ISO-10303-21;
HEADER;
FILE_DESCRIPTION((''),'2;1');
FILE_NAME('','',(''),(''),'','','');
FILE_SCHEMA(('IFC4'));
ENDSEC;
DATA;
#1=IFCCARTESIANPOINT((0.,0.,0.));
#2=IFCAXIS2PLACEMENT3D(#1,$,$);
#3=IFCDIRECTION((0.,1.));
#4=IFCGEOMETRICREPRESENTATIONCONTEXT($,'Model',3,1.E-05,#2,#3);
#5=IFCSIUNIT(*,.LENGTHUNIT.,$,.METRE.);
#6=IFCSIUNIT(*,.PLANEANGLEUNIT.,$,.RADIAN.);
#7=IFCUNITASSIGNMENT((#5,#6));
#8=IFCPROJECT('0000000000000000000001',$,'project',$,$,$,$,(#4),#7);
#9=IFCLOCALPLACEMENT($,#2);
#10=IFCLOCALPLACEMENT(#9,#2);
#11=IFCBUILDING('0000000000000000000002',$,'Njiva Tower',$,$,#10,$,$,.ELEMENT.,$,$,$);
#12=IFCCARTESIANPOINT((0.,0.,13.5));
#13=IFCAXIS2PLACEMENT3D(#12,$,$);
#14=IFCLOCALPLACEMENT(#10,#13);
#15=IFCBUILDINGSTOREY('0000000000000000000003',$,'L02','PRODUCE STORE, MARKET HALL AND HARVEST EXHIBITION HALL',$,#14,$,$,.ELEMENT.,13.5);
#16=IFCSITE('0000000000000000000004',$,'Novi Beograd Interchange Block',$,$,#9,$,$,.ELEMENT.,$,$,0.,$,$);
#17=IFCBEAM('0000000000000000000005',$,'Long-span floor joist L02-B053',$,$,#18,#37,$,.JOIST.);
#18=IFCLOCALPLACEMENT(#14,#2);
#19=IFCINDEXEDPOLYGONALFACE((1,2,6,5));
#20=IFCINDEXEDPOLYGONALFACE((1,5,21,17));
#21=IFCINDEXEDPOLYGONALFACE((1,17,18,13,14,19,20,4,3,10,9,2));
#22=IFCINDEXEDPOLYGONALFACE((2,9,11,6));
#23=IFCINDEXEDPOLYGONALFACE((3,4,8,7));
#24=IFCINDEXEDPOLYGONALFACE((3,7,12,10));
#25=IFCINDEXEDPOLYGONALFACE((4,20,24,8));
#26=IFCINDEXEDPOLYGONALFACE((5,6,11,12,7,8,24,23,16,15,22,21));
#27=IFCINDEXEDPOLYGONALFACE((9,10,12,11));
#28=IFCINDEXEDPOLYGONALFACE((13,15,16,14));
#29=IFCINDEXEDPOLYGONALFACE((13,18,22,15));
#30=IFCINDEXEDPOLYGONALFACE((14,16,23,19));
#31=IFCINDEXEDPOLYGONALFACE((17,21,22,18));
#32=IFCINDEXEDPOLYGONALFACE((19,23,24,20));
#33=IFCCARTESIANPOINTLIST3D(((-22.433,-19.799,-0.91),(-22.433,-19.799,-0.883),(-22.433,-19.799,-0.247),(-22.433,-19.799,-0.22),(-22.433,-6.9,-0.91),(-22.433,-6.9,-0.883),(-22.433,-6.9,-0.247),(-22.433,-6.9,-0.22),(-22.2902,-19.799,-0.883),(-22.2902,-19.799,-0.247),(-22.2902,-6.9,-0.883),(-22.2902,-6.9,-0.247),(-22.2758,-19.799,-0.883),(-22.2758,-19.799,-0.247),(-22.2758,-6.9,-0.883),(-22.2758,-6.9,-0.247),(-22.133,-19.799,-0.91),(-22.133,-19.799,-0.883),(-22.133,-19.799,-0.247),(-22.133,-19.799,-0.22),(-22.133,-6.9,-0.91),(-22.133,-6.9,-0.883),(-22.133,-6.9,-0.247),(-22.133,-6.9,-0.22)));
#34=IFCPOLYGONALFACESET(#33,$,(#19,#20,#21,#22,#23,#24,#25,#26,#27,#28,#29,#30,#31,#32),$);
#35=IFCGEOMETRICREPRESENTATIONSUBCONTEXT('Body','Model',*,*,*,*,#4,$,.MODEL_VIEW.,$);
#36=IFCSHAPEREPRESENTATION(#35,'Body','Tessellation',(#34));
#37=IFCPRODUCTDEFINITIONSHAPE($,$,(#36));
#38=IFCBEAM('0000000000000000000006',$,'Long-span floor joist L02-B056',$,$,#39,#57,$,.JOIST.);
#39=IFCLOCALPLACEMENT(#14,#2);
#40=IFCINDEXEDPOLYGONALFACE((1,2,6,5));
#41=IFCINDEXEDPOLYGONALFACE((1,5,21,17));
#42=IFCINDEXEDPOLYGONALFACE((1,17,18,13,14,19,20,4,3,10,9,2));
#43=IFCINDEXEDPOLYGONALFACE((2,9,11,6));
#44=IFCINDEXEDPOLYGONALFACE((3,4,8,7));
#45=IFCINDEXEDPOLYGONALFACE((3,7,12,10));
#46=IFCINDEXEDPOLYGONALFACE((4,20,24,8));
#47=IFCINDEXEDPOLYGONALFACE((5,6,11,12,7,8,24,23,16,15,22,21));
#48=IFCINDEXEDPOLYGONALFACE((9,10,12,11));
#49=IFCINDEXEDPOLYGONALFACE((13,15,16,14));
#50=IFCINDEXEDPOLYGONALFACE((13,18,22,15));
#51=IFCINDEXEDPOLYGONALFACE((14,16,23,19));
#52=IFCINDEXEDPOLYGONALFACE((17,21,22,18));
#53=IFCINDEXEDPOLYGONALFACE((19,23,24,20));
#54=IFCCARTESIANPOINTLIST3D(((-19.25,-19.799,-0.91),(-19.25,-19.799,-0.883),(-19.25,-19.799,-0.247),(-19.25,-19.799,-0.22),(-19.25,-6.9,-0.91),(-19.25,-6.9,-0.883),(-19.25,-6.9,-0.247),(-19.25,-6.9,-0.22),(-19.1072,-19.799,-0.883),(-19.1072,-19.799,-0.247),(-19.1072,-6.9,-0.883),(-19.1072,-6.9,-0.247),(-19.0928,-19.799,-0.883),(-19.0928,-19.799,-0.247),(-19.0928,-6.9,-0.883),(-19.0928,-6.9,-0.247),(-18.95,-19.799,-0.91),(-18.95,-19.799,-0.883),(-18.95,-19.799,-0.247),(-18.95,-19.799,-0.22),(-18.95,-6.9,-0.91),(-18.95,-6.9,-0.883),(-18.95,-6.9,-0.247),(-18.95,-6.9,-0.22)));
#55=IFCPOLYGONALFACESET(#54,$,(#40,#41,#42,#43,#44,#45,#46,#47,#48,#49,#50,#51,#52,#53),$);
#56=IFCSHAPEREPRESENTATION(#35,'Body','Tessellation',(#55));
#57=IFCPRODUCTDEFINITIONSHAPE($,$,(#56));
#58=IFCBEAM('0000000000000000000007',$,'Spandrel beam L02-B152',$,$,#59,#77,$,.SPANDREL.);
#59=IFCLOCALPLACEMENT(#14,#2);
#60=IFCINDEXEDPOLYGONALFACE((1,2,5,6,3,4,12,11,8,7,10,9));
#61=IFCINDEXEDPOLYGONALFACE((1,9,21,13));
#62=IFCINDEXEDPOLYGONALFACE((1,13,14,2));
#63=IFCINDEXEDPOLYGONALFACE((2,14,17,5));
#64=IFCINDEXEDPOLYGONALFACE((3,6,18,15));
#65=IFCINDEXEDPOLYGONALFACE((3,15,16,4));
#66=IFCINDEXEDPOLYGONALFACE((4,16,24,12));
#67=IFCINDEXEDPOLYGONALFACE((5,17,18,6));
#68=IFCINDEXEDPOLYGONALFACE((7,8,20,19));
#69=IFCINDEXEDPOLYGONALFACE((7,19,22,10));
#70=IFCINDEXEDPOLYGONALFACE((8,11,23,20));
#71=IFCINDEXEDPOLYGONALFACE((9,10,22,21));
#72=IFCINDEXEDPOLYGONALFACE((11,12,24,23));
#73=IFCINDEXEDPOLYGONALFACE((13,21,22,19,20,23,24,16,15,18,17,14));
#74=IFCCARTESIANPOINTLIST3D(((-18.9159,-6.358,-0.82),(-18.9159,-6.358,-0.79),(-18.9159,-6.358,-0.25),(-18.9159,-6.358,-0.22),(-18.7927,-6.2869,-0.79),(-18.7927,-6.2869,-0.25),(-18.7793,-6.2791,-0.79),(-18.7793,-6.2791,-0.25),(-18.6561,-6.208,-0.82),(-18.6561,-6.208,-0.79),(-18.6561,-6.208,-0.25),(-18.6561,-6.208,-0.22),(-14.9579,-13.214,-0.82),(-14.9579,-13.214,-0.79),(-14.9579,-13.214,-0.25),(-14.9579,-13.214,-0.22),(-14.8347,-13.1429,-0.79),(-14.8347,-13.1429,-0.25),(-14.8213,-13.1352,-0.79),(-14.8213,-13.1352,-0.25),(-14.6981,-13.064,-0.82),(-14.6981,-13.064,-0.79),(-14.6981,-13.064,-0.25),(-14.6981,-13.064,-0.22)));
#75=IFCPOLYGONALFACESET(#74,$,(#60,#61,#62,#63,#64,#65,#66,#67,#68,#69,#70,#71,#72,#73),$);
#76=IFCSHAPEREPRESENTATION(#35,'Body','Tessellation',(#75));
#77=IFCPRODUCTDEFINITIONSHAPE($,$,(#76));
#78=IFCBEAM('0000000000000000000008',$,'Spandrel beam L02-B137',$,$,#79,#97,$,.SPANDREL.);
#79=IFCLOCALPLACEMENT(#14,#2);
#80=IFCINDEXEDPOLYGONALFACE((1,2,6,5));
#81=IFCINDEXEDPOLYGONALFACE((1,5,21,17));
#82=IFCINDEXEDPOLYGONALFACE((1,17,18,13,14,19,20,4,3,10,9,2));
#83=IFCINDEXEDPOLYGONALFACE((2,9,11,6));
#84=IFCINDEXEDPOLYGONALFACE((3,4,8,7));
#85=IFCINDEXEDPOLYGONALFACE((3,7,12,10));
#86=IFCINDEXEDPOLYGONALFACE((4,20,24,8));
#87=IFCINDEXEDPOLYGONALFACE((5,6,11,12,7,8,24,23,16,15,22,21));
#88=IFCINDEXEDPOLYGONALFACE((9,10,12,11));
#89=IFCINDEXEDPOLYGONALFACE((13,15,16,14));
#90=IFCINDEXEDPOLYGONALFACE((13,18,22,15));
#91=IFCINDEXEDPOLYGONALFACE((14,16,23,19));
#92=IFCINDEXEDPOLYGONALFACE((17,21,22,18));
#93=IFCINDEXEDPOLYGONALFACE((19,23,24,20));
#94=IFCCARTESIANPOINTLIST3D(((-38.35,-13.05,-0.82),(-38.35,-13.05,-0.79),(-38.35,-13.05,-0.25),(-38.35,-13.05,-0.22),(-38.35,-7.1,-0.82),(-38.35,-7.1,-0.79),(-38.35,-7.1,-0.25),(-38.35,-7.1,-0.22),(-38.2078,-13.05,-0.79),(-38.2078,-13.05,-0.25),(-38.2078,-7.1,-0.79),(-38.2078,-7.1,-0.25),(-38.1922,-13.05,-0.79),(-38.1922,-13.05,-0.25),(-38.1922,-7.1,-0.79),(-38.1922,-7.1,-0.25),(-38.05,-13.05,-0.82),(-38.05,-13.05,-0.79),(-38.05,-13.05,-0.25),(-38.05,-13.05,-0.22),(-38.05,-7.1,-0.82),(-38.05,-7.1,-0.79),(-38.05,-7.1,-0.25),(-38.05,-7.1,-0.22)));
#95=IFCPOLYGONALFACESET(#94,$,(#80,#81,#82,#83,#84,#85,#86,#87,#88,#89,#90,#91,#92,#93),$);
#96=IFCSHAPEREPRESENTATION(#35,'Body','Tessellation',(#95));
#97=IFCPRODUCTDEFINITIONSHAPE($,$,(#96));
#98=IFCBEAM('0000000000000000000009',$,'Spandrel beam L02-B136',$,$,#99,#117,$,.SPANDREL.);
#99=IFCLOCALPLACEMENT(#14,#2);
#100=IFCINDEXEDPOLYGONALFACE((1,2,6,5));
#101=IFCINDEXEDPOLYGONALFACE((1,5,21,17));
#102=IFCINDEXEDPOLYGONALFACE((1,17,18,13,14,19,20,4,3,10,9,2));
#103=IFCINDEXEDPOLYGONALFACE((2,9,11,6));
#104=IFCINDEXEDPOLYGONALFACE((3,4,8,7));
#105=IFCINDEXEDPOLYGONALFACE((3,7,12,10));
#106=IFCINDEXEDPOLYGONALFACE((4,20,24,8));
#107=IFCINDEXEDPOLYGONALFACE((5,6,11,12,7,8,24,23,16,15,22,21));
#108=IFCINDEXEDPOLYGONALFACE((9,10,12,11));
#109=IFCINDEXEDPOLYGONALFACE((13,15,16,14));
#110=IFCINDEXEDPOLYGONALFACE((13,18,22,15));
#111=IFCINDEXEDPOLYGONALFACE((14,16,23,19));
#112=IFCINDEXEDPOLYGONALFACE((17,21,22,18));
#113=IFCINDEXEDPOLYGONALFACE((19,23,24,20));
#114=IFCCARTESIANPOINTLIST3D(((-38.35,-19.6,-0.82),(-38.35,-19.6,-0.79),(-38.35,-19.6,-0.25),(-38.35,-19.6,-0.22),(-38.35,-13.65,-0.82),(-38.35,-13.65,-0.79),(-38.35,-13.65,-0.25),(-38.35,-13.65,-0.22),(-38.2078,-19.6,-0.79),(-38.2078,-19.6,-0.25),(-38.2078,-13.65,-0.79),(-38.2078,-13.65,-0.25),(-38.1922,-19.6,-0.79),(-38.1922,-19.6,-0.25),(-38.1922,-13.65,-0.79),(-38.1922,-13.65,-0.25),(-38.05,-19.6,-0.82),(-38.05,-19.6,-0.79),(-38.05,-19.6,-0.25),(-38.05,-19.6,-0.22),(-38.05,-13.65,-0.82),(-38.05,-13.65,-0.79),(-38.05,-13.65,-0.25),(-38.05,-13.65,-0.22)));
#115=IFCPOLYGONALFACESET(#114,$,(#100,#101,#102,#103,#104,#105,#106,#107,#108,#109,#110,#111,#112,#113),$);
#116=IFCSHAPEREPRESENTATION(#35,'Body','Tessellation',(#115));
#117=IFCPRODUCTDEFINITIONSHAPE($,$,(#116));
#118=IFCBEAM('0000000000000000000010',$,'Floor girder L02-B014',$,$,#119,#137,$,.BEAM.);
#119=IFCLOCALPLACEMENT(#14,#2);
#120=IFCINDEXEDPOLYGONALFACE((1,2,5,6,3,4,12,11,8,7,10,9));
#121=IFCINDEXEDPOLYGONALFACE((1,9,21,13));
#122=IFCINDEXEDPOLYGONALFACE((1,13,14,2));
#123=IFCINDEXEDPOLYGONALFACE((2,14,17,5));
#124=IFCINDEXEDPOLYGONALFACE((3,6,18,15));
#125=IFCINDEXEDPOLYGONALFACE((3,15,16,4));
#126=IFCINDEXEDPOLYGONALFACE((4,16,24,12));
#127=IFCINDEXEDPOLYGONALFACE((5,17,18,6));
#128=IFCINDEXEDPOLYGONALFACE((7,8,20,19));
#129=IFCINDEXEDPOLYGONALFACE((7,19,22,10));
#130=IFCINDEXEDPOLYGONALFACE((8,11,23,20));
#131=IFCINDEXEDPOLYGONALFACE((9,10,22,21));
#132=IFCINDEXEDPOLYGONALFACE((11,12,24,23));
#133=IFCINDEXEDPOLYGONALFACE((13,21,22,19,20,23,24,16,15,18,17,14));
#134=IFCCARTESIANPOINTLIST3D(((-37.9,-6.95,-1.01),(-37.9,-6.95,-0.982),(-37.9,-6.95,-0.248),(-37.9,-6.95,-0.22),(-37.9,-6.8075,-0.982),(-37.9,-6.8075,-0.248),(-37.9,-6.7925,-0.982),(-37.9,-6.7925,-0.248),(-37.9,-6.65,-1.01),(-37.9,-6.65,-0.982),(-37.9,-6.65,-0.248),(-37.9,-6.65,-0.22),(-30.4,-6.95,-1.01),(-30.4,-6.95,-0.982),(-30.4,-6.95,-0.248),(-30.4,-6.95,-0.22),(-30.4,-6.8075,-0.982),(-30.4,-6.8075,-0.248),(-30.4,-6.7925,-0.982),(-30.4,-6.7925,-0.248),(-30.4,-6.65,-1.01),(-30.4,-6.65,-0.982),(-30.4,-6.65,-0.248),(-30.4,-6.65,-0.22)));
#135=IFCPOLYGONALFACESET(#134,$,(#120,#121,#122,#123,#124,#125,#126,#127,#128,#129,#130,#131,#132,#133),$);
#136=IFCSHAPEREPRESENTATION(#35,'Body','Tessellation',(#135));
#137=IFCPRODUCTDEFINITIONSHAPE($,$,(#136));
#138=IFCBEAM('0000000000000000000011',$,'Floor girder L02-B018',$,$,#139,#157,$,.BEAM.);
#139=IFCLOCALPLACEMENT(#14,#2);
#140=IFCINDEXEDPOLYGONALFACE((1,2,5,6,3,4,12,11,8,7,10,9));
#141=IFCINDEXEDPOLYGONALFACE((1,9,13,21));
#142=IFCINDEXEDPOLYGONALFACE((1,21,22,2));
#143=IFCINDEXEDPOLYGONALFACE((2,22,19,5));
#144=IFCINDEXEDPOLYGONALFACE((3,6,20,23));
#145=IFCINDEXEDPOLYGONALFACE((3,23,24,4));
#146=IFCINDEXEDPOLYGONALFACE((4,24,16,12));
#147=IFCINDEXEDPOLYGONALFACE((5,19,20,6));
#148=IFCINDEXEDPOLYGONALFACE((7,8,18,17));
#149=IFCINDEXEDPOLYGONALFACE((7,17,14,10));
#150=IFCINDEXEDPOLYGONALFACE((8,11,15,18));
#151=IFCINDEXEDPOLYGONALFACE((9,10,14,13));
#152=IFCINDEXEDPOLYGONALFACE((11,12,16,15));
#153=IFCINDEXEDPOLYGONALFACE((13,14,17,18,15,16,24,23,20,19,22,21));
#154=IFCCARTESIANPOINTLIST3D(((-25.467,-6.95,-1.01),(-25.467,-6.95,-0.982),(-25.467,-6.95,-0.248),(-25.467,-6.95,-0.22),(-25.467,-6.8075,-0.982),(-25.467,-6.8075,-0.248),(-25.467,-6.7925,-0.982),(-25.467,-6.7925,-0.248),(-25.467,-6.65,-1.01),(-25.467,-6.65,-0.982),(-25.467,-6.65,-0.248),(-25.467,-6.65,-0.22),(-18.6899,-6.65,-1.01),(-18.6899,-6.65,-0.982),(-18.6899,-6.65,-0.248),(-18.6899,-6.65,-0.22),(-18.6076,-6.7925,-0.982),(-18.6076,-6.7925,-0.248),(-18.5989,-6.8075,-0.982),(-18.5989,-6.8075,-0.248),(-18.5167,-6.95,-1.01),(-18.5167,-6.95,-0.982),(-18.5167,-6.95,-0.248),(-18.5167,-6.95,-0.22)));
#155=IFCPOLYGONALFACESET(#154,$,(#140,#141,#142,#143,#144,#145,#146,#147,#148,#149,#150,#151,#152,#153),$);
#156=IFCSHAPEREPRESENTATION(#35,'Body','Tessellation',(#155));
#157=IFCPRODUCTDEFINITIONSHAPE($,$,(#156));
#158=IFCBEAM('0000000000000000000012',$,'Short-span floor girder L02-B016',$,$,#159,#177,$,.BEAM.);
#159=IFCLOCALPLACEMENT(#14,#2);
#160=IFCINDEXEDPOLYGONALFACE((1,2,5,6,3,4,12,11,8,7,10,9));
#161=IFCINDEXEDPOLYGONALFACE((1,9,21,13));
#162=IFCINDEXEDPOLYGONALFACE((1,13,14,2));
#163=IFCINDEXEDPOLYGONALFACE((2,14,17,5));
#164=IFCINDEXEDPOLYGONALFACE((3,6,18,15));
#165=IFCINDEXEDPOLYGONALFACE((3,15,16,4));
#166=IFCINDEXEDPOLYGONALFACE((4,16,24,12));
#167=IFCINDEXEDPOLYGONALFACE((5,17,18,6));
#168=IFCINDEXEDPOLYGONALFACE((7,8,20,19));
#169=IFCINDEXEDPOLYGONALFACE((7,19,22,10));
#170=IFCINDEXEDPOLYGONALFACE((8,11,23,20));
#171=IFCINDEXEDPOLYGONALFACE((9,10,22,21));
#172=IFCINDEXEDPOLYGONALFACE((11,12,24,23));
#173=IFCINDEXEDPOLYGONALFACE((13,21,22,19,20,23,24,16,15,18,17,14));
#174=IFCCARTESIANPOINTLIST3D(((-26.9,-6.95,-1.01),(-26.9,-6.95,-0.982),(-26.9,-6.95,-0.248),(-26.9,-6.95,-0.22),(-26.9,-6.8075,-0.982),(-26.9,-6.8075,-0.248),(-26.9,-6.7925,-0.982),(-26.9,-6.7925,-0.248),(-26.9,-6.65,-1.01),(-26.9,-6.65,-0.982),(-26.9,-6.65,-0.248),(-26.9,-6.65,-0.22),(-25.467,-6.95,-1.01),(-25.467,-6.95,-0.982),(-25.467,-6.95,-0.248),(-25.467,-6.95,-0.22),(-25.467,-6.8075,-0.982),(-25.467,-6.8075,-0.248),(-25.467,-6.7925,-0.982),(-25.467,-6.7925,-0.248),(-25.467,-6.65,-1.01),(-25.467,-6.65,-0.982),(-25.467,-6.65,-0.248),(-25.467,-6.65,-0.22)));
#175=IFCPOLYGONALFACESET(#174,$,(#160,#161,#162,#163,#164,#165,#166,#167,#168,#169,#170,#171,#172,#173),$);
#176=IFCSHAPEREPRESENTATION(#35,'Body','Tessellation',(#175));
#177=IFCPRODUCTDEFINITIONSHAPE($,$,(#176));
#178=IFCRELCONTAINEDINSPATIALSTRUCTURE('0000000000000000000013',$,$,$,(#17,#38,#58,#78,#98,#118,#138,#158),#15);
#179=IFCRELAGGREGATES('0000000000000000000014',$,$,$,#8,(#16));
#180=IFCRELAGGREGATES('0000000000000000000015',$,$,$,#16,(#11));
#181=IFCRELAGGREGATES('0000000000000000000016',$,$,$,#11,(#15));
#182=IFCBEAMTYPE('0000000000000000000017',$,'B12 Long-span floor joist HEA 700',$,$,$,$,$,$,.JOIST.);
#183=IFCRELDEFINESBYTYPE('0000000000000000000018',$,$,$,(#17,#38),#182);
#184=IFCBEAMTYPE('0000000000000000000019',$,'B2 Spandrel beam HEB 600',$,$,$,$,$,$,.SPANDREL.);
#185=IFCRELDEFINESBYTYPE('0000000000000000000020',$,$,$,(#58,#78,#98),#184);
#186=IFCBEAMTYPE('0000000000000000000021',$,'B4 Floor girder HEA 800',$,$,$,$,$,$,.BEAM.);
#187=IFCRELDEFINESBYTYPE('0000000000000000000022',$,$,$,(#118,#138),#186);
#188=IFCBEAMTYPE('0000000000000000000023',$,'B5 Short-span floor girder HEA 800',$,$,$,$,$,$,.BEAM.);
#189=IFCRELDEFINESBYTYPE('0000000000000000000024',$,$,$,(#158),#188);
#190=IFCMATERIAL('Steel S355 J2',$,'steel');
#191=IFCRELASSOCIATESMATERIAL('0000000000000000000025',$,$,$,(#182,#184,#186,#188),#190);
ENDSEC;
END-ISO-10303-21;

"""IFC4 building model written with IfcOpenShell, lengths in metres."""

from ifc_helpers import new_model, si_unit, direction, frame, origin, origin_2d, place, context, subcontext, project, spatial, i_section, extrude, clip, halfspace, material, material_profile, profile_set, type_object, element, save


model = new_model("IFC4")

# Units and contexts
model_context = context("Model", 3, precision=1e-05, world=origin(), true_north=direction((0.0, 1.0)))
body_context = subcontext(model_context, "Body", "Model", "MODEL_VIEW")
ifc_project = project(units=[si_unit("LENGTHUNIT", "METRE"), si_unit("PLANEANGLEUNIT", "RADIAN")], contexts=[model_context])

# Site, building, storey
site_placement = place(None, origin())
site = spatial("IfcSite", under=ifc_project, at=site_placement, Name="Novi Beograd Interchange Block", CompositionType="ELEMENT", RefElevation=0.0)
building_placement = place(site_placement, origin())
building = spatial("IfcBuilding", under=site, at=building_placement, Name="Njiva Tower", CompositionType="ELEMENT")
storey_placement = place(building_placement, frame((0.0, 0.0, 13.5)))
storey = spatial("IfcBuildingStorey", under=building, at=storey_placement, Name="L02", Description="PRODUCE STORE, MARKET HALL AND HARVEST EXHIBITION HALL", CompositionType="ELEMENT", Elevation=13.5)

# Shared definitions
ifc_material_1 = material(Name="Steel S355 J2", Category="steel")

# Beams
ifc_material_profile_1 = material_profile(ifc_material_1, i_section(OverallWidth=0.3, OverallDepth=0.69, WebThickness=0.0145, FlangeThickness=0.027, at=origin_2d()), Name="HEA 700")
ifc_profile_set_1 = profile_set([ifc_material_profile_1], Name="Steel S355 J2")
beam_type_1 = type_object("IfcBeamType", Name="B12 Long-span floor joist HEA 700", PredefinedType="JOIST", material=ifc_profile_set_1)
for number, where, z_axis, x_axis, name in (
    (1, (-22.283, -6.9, -0.565), (0.0, -1.0, 0.0), (1.0, 0.0, 0.0), "Long-span floor joist L02-B053"),
    (2, (-19.1, -6.9, -0.565), (0.0, -1.0, 0.0), (1.0, 0.0, 0.0), "Long-span floor joist L02-B056"),
):
    element("IfcBeam", number, at=place(storey_placement, frame(where, z_axis=z_axis, x_axis=x_axis)), inside=storey, type_object=beam_type_1, Name=name, PredefinedType="JOIST", context=body_context, shape_type="SweptSolid", body=[
        extrude(i_section(OverallWidth=0.3, OverallDepth=0.69, WebThickness=0.0145, FlangeThickness=0.027, at=origin_2d()), origin(), (0.0, 0.0, 1.0), 12.899),
    ])
ifc_material_profile_2 = material_profile(ifc_material_1, i_section(OverallWidth=0.3, OverallDepth=0.6, WebThickness=0.0155, FlangeThickness=0.03, at=origin_2d()), Name="HEB 600")
ifc_profile_set_2 = profile_set([ifc_material_profile_2], Name="Steel S355 J2")
beam_type_2 = type_object("IfcBeamType", Name="B2 Spandrel beam HEB 600", PredefinedType="SPANDREL", material=ifc_profile_set_2)
beam_1_placement = place(storey_placement, frame((-18.786, -6.283, -0.52), z_axis=(0.49997, -0.866043, 0.0), x_axis=(0.866043, 0.49997, 0.0)))
element("IfcBeam", 3, at=beam_1_placement, inside=storey, type_object=beam_type_2, Name="Spandrel beam L02-B152", PredefinedType="SPANDREL", context=body_context, shape_type="SweptSolid", body=[
    extrude(i_section(OverallWidth=0.3, OverallDepth=0.6, WebThickness=0.0155, FlangeThickness=0.03, at=origin_2d()), origin(), (0.0, 0.0, 1.0), 7.9165),
])
for number, where, z_axis, x_axis, name in (
    (4, (-38.2, -7.1, -0.52), (0.0, -1.0, 0.0), (1.0, 0.0, 0.0), "Spandrel beam L02-B137"),
    (5, (-38.2, -13.65, -0.52), (0.0, -1.0, 0.0), (1.0, 0.0, 0.0), "Spandrel beam L02-B136"),
):
    element("IfcBeam", number, at=place(storey_placement, frame(where, z_axis=z_axis, x_axis=x_axis)), inside=storey, type_object=beam_type_2, Name=name, PredefinedType="SPANDREL", context=body_context, shape_type="SweptSolid", body=[
        extrude(i_section(OverallWidth=0.3, OverallDepth=0.6, WebThickness=0.0155, FlangeThickness=0.03, at=origin_2d()), origin(), (0.0, 0.0, 1.0), 5.95),
    ])
ifc_material_profile_3 = material_profile(ifc_material_1, i_section(OverallWidth=0.3, OverallDepth=0.79, WebThickness=0.015, FlangeThickness=0.028, at=origin_2d()), Name="HEA 800")
ifc_profile_set_3 = profile_set([ifc_material_profile_3], Name="Steel S355 J2")
beam_type_3 = type_object("IfcBeamType", Name="B4 Floor girder HEA 800", PredefinedType="BEAM", material=ifc_profile_set_3)
beam_2_placement = place(storey_placement, frame((-37.9, -6.8, -0.615), z_axis=(1.0, 0.0, 0.0), x_axis=(0.0, 1.0, 0.0)))
element("IfcBeam", 6, at=beam_2_placement, inside=storey, type_object=beam_type_3, Name="Floor girder L02-B014", PredefinedType="BEAM", context=body_context, shape_type="SweptSolid", body=[
    extrude(i_section(OverallWidth=0.3, OverallDepth=0.79, WebThickness=0.015, FlangeThickness=0.028, at=origin_2d()), origin(), (0.0, 0.0, 1.0), 7.5),
])
beam_3_placement = place(storey_placement, frame((-25.467, -6.8, -0.615), z_axis=(1.0, 0.0, 0.0), x_axis=(0.0, 1.0, 0.0)))
element("IfcBeam", 7, at=beam_3_placement, inside=storey, type_object=beam_type_3, Name="Floor girder L02-B018", PredefinedType="BEAM", context=body_context, shape_type="Clipping", body=[
    clip(extrude(i_section(OverallWidth=0.3, OverallDepth=0.79, WebThickness=0.015, FlangeThickness=0.028, at=origin_2d()), origin(), (0.0, 0.0, 1.0), 6.971), halfspace(frame((0.025, 0.0, 6.8493), z_axis=(0.499998, 0.0, 0.866027), x_axis=(0.0, 1.0, 0.0)), False)),
])
ifc_material_profile_4 = material_profile(ifc_material_1, i_section(OverallWidth=0.3, OverallDepth=0.79, WebThickness=0.015, FlangeThickness=0.028, at=origin_2d()), Name="HEA 800")
ifc_profile_set_4 = profile_set([ifc_material_profile_4], Name="Steel S355 J2")
beam_type_4 = type_object("IfcBeamType", Name="B5 Short-span floor girder HEA 800", PredefinedType="BEAM", material=ifc_profile_set_4)
beam_4_placement = place(storey_placement, frame((-26.9, -6.8, -0.615), z_axis=(1.0, 0.0, 0.0), x_axis=(0.0, 1.0, 0.0)))
element("IfcBeam", 8, at=beam_4_placement, inside=storey, type_object=beam_type_4, Name="Short-span floor girder L02-B016", PredefinedType="BEAM", context=body_context, shape_type="SweptSolid", body=[
    extrude(i_section(OverallWidth=0.3, OverallDepth=0.79, WebThickness=0.015, FlangeThickness=0.028, at=origin_2d()), origin(), (0.0, 0.0, 1.0), 1.433),
])

save(model, "model.ifc")
